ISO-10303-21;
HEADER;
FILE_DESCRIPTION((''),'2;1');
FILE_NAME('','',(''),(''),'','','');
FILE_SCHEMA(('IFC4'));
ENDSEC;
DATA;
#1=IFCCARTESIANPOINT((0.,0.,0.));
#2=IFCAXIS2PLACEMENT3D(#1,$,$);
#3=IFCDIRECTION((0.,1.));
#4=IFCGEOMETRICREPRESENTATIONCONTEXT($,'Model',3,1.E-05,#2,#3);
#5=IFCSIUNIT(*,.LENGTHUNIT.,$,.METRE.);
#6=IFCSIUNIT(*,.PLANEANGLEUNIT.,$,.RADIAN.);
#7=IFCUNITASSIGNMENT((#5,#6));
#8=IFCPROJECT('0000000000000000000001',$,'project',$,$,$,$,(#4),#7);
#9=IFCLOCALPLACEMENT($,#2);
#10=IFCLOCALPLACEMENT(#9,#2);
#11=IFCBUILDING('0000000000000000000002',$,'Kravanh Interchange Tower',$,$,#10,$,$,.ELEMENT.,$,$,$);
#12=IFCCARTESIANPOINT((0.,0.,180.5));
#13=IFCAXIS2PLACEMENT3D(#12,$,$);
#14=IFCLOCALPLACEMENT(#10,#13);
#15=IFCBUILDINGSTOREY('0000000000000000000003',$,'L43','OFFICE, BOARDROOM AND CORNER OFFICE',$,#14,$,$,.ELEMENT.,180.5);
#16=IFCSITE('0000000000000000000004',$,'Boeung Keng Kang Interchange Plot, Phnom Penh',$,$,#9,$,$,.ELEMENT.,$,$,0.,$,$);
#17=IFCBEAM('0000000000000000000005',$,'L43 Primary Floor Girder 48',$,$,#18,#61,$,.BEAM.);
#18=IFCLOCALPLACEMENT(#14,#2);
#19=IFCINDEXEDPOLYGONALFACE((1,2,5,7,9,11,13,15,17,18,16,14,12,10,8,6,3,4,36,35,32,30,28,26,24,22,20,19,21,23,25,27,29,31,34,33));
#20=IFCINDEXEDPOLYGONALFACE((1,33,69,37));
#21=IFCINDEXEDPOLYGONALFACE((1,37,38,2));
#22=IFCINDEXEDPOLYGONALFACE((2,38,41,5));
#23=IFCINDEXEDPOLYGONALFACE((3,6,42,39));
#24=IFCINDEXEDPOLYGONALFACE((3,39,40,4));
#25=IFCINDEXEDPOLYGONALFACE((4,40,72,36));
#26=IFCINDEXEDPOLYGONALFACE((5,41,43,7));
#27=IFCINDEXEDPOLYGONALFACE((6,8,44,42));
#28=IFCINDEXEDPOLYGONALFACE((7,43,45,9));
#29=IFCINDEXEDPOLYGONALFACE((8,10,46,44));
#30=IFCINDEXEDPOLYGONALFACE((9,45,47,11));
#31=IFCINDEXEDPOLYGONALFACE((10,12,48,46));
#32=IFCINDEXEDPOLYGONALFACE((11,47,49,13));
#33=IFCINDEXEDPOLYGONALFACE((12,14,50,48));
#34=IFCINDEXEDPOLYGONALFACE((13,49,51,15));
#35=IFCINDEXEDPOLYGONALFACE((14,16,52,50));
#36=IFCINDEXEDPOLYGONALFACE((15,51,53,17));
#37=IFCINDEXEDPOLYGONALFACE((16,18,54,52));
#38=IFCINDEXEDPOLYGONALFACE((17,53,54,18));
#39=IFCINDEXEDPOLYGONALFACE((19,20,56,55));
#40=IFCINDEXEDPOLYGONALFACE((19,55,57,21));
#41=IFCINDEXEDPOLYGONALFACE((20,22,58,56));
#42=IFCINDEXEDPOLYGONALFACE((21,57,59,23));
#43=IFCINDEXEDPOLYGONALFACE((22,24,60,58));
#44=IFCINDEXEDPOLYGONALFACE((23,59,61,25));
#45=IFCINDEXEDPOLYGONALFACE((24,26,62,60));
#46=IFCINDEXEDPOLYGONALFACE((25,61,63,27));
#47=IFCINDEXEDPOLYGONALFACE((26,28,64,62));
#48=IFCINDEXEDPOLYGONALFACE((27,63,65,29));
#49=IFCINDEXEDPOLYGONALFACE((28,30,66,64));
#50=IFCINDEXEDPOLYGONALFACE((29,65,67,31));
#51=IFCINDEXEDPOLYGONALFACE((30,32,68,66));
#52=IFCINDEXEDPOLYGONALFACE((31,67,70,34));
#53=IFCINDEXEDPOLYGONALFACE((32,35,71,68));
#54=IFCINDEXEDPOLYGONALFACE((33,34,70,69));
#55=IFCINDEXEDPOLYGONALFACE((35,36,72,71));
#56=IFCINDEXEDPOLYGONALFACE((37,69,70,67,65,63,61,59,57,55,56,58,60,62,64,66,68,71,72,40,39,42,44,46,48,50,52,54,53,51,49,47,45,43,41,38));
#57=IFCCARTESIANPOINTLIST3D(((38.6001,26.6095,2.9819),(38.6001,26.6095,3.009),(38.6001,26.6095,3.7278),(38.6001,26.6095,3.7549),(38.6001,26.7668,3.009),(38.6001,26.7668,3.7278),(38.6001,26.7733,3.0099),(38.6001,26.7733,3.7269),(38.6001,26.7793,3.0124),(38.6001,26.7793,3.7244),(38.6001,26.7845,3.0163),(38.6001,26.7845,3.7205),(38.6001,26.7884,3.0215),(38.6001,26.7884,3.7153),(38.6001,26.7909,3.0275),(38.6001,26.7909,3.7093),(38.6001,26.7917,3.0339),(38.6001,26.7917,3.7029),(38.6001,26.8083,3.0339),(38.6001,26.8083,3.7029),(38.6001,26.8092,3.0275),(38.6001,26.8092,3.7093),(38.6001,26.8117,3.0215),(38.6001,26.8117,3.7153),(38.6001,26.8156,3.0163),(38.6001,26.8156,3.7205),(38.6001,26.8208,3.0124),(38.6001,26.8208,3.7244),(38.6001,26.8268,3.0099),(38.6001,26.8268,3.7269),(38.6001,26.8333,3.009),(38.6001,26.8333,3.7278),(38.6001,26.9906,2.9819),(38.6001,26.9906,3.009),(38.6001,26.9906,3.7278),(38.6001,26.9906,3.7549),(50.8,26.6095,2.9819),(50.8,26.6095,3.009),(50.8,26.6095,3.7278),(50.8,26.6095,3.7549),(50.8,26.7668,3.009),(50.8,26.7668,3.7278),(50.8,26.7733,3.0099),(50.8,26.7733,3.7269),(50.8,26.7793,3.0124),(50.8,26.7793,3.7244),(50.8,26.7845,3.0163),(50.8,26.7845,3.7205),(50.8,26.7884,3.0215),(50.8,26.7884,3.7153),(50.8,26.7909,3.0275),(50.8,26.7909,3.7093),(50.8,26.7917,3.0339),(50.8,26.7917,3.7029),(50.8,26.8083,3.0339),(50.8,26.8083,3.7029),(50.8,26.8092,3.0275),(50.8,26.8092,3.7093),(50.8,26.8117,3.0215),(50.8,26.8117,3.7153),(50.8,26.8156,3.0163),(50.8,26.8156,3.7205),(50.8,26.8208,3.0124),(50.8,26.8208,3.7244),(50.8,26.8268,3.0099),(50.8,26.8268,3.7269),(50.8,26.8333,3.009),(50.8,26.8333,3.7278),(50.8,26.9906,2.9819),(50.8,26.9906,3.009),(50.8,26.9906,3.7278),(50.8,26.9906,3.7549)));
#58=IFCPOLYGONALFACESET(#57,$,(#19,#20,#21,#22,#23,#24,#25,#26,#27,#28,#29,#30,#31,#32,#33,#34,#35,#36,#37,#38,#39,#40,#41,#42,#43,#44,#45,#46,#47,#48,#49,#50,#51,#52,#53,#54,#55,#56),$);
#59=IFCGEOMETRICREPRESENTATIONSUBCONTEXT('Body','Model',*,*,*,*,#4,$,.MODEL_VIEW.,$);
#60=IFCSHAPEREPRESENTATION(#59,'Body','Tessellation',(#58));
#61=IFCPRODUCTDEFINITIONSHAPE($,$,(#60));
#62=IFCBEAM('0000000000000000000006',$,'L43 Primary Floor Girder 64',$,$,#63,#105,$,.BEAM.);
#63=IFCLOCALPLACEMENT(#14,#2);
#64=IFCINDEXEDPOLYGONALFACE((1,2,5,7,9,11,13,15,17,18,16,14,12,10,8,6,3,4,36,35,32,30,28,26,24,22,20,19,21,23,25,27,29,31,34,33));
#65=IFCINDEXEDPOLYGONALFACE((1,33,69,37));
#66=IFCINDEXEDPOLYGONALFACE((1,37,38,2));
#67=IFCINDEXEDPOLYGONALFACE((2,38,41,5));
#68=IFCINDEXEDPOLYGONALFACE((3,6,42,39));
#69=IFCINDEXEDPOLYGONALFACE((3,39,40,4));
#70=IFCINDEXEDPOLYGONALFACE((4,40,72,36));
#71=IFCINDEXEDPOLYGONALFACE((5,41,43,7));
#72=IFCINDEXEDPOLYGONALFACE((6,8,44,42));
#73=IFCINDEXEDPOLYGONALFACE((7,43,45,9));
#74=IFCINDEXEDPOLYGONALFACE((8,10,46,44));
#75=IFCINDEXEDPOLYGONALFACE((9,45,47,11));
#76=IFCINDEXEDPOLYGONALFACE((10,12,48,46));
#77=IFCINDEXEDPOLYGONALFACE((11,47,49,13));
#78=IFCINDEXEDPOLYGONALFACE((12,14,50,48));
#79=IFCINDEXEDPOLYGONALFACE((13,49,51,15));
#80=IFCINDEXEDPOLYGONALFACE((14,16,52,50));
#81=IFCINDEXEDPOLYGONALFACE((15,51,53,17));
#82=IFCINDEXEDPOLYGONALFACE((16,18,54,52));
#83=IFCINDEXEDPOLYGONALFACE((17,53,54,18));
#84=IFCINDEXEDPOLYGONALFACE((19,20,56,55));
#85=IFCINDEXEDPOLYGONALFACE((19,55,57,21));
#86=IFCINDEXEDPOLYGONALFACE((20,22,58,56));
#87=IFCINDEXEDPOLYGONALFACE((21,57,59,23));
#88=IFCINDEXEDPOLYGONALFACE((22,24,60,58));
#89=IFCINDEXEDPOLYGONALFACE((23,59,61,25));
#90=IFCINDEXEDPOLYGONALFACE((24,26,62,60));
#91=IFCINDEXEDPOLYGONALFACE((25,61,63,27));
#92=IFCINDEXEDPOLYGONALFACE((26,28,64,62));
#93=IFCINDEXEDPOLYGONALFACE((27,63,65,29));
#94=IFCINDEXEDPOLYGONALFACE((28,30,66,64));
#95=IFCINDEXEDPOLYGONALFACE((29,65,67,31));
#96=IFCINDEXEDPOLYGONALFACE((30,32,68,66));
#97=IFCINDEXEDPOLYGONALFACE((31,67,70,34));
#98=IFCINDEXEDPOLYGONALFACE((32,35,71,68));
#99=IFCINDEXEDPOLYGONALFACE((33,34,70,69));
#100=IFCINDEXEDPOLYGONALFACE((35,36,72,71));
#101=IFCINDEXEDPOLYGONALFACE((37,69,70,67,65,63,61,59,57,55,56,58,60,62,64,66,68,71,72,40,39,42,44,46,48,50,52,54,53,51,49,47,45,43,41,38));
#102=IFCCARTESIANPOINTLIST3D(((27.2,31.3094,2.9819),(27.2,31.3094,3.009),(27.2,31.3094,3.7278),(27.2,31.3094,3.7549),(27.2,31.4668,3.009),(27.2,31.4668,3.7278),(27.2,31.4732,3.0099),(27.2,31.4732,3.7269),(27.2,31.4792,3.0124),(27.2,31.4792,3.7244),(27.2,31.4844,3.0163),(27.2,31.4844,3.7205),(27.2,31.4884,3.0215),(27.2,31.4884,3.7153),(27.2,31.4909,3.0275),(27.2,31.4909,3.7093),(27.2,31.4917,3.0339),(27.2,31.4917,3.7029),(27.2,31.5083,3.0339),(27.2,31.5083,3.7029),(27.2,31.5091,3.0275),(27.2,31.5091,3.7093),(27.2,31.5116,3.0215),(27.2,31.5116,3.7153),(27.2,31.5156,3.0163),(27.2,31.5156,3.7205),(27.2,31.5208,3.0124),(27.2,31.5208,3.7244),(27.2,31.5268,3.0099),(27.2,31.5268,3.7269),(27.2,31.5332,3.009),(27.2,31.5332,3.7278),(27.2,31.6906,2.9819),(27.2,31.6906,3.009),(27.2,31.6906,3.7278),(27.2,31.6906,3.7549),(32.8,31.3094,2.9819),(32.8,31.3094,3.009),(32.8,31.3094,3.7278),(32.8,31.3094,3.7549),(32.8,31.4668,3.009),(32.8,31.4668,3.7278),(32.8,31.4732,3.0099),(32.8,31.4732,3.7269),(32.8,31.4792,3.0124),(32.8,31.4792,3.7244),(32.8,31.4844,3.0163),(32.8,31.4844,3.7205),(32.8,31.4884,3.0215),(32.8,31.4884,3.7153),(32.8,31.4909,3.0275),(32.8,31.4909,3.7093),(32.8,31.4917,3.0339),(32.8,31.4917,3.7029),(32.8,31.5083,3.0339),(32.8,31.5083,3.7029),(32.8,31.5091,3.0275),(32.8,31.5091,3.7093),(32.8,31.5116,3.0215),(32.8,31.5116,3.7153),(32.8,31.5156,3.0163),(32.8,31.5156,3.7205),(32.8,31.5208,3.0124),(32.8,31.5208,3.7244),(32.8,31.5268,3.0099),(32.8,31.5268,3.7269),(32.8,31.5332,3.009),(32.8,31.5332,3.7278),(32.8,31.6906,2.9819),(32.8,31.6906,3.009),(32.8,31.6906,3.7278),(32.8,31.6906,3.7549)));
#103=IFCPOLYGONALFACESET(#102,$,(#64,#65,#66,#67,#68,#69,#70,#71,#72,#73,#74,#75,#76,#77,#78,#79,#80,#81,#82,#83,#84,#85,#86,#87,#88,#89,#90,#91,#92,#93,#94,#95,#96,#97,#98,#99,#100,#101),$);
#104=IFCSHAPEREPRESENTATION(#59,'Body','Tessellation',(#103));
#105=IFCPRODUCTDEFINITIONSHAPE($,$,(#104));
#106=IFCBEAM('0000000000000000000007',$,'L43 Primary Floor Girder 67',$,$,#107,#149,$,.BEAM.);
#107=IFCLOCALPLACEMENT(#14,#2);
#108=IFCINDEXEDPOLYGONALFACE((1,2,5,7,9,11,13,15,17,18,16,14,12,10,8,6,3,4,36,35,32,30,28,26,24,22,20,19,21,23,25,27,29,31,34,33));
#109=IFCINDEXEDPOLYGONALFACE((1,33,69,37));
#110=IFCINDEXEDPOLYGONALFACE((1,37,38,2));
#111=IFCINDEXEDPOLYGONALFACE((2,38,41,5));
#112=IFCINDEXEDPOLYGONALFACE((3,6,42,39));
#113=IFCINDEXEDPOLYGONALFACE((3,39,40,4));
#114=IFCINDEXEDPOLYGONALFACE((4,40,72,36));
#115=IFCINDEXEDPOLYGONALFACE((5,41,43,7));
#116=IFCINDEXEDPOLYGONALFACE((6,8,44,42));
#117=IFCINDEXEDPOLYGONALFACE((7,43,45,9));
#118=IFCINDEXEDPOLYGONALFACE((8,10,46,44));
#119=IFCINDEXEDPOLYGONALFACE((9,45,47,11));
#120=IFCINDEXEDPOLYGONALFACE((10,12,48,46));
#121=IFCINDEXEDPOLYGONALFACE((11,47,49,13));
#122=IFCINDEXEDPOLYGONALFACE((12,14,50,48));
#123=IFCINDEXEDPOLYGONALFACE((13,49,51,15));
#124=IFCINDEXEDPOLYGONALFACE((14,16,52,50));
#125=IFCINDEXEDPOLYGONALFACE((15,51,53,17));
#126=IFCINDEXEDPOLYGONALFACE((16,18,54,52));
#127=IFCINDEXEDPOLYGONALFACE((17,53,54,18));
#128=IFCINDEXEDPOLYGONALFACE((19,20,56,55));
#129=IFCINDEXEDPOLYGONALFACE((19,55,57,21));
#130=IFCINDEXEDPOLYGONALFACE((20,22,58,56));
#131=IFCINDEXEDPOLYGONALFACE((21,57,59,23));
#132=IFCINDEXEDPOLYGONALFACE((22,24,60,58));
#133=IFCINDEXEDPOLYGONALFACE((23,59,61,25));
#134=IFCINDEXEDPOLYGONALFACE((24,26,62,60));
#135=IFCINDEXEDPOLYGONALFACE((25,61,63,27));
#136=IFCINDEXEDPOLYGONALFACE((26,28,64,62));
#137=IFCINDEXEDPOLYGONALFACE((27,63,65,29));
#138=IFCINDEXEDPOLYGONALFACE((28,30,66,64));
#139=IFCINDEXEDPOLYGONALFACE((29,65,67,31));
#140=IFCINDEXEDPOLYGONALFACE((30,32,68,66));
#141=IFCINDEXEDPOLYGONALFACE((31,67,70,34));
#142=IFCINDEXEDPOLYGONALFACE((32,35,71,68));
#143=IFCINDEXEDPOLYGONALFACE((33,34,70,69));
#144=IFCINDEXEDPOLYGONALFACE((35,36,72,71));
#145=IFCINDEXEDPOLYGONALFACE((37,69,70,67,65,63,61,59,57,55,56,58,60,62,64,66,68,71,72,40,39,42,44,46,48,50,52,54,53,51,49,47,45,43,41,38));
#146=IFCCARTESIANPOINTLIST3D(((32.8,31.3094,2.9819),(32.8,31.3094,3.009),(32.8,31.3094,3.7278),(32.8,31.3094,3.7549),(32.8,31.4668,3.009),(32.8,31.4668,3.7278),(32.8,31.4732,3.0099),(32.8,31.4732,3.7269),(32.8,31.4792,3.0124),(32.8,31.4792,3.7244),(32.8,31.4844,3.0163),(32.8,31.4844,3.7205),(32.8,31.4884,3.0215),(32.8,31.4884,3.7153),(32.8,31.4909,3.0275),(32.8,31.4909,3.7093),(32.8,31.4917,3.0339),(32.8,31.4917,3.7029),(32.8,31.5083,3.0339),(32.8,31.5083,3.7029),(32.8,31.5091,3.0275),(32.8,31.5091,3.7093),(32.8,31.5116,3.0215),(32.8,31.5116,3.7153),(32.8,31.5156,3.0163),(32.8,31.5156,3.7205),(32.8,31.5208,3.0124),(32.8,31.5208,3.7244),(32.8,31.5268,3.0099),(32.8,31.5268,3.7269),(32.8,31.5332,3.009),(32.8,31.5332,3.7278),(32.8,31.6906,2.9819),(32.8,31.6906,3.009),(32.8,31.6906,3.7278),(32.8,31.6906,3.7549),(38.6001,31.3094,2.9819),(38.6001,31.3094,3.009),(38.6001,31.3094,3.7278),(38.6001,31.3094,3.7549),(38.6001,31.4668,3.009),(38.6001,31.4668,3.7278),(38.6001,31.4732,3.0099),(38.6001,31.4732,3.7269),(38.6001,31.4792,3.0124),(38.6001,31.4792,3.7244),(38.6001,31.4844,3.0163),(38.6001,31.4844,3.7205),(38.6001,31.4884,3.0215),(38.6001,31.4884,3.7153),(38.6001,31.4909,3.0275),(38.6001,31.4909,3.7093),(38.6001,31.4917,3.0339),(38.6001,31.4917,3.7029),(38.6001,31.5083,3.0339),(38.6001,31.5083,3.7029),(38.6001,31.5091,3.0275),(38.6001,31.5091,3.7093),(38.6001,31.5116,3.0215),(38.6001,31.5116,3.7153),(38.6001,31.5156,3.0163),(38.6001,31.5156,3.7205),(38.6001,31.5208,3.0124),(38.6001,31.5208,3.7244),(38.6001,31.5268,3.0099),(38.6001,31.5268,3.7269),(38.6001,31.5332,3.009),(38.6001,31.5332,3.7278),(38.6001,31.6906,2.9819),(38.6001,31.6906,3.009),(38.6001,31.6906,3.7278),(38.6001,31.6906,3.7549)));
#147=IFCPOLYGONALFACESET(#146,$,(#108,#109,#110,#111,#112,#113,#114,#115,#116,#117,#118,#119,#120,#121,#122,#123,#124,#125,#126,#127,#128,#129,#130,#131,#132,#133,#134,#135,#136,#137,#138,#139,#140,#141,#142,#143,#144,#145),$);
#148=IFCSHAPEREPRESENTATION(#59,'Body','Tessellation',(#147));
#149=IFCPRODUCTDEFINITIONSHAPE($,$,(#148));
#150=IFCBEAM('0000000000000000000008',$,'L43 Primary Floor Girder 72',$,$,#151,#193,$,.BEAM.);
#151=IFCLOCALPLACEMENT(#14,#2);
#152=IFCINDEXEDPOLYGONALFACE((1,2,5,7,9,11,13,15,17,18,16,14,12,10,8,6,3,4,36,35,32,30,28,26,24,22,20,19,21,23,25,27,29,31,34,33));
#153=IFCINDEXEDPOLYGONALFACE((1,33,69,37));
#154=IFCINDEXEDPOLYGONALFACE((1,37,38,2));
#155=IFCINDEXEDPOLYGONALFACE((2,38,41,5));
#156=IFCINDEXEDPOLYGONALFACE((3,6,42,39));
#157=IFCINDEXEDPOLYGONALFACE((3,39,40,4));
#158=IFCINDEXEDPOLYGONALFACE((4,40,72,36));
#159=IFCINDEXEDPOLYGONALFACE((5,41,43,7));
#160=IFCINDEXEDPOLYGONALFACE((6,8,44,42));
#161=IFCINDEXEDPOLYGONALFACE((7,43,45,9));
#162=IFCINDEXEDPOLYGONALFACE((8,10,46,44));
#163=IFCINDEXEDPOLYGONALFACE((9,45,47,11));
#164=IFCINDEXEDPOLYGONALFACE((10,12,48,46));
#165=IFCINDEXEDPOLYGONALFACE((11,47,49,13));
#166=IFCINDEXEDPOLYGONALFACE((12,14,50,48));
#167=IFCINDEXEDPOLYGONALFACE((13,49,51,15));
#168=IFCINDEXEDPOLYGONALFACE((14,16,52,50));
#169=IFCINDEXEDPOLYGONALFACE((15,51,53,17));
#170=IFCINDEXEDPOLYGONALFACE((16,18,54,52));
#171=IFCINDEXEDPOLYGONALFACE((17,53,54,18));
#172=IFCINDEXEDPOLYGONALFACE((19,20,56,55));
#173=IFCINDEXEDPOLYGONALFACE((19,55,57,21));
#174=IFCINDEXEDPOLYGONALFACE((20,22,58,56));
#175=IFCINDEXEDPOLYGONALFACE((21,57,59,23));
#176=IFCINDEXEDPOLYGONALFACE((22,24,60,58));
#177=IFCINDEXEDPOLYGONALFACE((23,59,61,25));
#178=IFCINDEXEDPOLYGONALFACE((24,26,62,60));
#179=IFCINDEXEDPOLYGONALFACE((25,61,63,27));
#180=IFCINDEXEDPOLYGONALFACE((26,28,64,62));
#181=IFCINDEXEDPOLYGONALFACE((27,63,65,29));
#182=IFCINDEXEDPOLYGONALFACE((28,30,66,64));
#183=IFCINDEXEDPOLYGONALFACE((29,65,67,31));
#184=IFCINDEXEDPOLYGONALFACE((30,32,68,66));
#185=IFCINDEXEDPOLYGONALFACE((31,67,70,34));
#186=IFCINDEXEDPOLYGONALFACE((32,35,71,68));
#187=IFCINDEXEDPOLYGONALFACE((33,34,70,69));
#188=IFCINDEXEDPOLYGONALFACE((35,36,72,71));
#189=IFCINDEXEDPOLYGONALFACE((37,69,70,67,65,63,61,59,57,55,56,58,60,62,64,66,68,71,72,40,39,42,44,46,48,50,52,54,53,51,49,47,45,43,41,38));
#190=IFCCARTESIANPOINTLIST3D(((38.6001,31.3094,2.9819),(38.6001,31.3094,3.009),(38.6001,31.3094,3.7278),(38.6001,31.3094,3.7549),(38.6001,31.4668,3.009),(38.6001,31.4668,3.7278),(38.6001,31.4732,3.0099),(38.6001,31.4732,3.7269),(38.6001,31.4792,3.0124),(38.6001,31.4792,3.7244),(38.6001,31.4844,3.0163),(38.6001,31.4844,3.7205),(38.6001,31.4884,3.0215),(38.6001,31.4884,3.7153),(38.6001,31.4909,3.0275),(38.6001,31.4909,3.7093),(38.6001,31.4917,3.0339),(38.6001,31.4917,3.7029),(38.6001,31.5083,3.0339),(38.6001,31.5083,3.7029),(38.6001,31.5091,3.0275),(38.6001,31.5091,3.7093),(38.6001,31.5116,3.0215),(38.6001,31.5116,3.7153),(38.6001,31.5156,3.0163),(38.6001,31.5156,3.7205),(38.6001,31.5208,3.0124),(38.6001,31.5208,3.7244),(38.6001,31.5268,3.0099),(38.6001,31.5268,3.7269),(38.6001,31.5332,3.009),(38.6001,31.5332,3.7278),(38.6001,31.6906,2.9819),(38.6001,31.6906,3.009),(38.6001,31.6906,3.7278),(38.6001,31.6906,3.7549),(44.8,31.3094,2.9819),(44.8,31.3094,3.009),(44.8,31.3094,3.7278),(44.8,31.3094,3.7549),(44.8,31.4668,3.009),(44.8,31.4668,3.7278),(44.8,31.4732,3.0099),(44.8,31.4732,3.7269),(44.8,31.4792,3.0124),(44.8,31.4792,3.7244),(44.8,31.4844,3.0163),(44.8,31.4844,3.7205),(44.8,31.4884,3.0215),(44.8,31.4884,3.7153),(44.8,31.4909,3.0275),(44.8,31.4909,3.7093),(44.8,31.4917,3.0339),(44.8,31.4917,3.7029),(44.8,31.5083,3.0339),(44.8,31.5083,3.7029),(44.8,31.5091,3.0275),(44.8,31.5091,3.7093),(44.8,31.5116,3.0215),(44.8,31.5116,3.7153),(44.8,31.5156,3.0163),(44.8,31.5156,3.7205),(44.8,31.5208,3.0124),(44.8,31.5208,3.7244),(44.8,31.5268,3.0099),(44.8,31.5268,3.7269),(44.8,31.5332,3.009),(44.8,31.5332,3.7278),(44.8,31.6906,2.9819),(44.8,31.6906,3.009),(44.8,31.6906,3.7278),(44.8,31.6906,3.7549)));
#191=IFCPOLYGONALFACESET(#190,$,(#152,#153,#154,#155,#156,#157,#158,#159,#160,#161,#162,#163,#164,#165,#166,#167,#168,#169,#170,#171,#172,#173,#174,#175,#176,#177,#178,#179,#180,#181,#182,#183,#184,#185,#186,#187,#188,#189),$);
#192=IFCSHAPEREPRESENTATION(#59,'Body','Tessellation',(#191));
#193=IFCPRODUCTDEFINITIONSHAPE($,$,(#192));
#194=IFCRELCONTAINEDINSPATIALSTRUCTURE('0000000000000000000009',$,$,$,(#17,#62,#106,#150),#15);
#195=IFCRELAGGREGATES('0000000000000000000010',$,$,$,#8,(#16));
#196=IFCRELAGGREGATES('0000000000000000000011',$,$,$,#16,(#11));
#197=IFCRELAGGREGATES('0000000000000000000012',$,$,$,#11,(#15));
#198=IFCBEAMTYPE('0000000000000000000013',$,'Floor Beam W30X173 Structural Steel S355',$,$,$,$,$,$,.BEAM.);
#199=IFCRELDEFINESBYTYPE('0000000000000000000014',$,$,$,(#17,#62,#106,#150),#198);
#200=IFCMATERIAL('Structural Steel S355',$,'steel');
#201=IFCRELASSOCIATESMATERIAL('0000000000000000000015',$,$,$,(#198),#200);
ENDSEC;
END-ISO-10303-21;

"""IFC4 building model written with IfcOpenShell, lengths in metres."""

from ifc_helpers import new_model, si_unit, direction, frame, origin, origin_2d, place, context, subcontext, project, spatial, i_section, extrude, material, material_profile, profile_set, type_object, element, save


model = new_model("IFC4")

# Units and contexts
model_context = context("Model", 3, precision=1e-05, world=origin(), true_north=direction((0.0, 1.0)))
body_context = subcontext(model_context, "Body", "Model", "MODEL_VIEW")
ifc_project = project(units=[si_unit("LENGTHUNIT", "METRE"), si_unit("PLANEANGLEUNIT", "RADIAN")], contexts=[model_context])

# Site, building, storey
site_placement = place(None, origin())
site = spatial("IfcSite", under=ifc_project, at=site_placement, Name="Boeung Keng Kang Interchange Plot, Phnom Penh", CompositionType="ELEMENT", RefElevation=0.0)
building_placement = place(site_placement, origin())
building = spatial("IfcBuilding", under=site, at=building_placement, Name="Kravanh Interchange Tower", CompositionType="ELEMENT")
storey_placement = place(building_placement, frame((0.0, 0.0, 180.5)))
storey = spatial("IfcBuildingStorey", under=building, at=storey_placement, Name="L43", Description="OFFICE, BOARDROOM AND CORNER OFFICE", CompositionType="ELEMENT", Elevation=180.5)

# Beams
ifc_material_1 = material(Name="Structural Steel S355", Category="steel")
ifc_material_profile_1 = material_profile(ifc_material_1, i_section(OverallWidth=0.3811, OverallDepth=0.7729, WebThickness=0.0166, FlangeThickness=0.0271, FilletRadius=0.0249, at=origin_2d()), Name="W30X173")
ifc_profile_set_1 = profile_set([ifc_material_profile_1], Name="Structural Steel S355")
beam_type_1 = type_object("IfcBeamType", Name="Floor Beam W30X173 Structural Steel S355", PredefinedType="BEAM", material=ifc_profile_set_1)
beam_1_placement = place(storey_placement, frame((38.6001, 26.8, 3.3684), z_axis=(1.0, 0.0, 0.0), x_axis=(0.0, 1.0, 0.0)))
element("IfcBeam", 1, at=beam_1_placement, inside=storey, type_object=beam_type_1, Name="L43 Primary Floor Girder 48", PredefinedType="BEAM", context=body_context, shape_type="SweptSolid", body=[
    extrude(i_section(OverallWidth=0.3811, OverallDepth=0.7729, WebThickness=0.0166, FlangeThickness=0.0271, FilletRadius=0.0249, at=origin_2d()), origin(), (0.0, 0.0, 1.0), 12.2),
])
beam_2_placement = place(storey_placement, frame((27.2, 31.5, 3.3684), z_axis=(1.0, 0.0, 0.0), x_axis=(0.0, 1.0, 0.0)))
element("IfcBeam", 2, at=beam_2_placement, inside=storey, type_object=beam_type_1, Name="L43 Primary Floor Girder 64", PredefinedType="BEAM", context=body_context, shape_type="SweptSolid", body=[
    extrude(i_section(OverallWidth=0.3811, OverallDepth=0.7729, WebThickness=0.0166, FlangeThickness=0.0271, FilletRadius=0.0249, at=origin_2d()), origin(), (0.0, 0.0, 1.0), 5.6001),
])
beam_3_placement = place(storey_placement, frame((32.8, 31.5, 3.3684), z_axis=(1.0, 0.0, 0.0), x_axis=(0.0, 1.0, 0.0)))
element("IfcBeam", 3, at=beam_3_placement, inside=storey, type_object=beam_type_1, Name="L43 Primary Floor Girder 67", PredefinedType="BEAM", context=body_context, shape_type="SweptSolid", body=[
    extrude(i_section(OverallWidth=0.3811, OverallDepth=0.7729, WebThickness=0.0166, FlangeThickness=0.0271, FilletRadius=0.0249, at=origin_2d()), origin(), (0.0, 0.0, 1.0), 5.8),
])
beam_4_placement = place(storey_placement, frame((38.6001, 31.5, 3.3684), z_axis=(1.0, 0.0, 0.0), x_axis=(0.0, 1.0, 0.0)))
element("IfcBeam", 4, at=beam_4_placement, inside=storey, type_object=beam_type_1, Name="L43 Primary Floor Girder 72", PredefinedType="BEAM", context=body_context, shape_type="SweptSolid", body=[
    extrude(i_section(OverallWidth=0.3811, OverallDepth=0.7729, WebThickness=0.0166, FlangeThickness=0.0271, FilletRadius=0.0249, at=origin_2d()), origin(), (0.0, 0.0, 1.0), 6.2),
])

save(model, "model.ifc")
